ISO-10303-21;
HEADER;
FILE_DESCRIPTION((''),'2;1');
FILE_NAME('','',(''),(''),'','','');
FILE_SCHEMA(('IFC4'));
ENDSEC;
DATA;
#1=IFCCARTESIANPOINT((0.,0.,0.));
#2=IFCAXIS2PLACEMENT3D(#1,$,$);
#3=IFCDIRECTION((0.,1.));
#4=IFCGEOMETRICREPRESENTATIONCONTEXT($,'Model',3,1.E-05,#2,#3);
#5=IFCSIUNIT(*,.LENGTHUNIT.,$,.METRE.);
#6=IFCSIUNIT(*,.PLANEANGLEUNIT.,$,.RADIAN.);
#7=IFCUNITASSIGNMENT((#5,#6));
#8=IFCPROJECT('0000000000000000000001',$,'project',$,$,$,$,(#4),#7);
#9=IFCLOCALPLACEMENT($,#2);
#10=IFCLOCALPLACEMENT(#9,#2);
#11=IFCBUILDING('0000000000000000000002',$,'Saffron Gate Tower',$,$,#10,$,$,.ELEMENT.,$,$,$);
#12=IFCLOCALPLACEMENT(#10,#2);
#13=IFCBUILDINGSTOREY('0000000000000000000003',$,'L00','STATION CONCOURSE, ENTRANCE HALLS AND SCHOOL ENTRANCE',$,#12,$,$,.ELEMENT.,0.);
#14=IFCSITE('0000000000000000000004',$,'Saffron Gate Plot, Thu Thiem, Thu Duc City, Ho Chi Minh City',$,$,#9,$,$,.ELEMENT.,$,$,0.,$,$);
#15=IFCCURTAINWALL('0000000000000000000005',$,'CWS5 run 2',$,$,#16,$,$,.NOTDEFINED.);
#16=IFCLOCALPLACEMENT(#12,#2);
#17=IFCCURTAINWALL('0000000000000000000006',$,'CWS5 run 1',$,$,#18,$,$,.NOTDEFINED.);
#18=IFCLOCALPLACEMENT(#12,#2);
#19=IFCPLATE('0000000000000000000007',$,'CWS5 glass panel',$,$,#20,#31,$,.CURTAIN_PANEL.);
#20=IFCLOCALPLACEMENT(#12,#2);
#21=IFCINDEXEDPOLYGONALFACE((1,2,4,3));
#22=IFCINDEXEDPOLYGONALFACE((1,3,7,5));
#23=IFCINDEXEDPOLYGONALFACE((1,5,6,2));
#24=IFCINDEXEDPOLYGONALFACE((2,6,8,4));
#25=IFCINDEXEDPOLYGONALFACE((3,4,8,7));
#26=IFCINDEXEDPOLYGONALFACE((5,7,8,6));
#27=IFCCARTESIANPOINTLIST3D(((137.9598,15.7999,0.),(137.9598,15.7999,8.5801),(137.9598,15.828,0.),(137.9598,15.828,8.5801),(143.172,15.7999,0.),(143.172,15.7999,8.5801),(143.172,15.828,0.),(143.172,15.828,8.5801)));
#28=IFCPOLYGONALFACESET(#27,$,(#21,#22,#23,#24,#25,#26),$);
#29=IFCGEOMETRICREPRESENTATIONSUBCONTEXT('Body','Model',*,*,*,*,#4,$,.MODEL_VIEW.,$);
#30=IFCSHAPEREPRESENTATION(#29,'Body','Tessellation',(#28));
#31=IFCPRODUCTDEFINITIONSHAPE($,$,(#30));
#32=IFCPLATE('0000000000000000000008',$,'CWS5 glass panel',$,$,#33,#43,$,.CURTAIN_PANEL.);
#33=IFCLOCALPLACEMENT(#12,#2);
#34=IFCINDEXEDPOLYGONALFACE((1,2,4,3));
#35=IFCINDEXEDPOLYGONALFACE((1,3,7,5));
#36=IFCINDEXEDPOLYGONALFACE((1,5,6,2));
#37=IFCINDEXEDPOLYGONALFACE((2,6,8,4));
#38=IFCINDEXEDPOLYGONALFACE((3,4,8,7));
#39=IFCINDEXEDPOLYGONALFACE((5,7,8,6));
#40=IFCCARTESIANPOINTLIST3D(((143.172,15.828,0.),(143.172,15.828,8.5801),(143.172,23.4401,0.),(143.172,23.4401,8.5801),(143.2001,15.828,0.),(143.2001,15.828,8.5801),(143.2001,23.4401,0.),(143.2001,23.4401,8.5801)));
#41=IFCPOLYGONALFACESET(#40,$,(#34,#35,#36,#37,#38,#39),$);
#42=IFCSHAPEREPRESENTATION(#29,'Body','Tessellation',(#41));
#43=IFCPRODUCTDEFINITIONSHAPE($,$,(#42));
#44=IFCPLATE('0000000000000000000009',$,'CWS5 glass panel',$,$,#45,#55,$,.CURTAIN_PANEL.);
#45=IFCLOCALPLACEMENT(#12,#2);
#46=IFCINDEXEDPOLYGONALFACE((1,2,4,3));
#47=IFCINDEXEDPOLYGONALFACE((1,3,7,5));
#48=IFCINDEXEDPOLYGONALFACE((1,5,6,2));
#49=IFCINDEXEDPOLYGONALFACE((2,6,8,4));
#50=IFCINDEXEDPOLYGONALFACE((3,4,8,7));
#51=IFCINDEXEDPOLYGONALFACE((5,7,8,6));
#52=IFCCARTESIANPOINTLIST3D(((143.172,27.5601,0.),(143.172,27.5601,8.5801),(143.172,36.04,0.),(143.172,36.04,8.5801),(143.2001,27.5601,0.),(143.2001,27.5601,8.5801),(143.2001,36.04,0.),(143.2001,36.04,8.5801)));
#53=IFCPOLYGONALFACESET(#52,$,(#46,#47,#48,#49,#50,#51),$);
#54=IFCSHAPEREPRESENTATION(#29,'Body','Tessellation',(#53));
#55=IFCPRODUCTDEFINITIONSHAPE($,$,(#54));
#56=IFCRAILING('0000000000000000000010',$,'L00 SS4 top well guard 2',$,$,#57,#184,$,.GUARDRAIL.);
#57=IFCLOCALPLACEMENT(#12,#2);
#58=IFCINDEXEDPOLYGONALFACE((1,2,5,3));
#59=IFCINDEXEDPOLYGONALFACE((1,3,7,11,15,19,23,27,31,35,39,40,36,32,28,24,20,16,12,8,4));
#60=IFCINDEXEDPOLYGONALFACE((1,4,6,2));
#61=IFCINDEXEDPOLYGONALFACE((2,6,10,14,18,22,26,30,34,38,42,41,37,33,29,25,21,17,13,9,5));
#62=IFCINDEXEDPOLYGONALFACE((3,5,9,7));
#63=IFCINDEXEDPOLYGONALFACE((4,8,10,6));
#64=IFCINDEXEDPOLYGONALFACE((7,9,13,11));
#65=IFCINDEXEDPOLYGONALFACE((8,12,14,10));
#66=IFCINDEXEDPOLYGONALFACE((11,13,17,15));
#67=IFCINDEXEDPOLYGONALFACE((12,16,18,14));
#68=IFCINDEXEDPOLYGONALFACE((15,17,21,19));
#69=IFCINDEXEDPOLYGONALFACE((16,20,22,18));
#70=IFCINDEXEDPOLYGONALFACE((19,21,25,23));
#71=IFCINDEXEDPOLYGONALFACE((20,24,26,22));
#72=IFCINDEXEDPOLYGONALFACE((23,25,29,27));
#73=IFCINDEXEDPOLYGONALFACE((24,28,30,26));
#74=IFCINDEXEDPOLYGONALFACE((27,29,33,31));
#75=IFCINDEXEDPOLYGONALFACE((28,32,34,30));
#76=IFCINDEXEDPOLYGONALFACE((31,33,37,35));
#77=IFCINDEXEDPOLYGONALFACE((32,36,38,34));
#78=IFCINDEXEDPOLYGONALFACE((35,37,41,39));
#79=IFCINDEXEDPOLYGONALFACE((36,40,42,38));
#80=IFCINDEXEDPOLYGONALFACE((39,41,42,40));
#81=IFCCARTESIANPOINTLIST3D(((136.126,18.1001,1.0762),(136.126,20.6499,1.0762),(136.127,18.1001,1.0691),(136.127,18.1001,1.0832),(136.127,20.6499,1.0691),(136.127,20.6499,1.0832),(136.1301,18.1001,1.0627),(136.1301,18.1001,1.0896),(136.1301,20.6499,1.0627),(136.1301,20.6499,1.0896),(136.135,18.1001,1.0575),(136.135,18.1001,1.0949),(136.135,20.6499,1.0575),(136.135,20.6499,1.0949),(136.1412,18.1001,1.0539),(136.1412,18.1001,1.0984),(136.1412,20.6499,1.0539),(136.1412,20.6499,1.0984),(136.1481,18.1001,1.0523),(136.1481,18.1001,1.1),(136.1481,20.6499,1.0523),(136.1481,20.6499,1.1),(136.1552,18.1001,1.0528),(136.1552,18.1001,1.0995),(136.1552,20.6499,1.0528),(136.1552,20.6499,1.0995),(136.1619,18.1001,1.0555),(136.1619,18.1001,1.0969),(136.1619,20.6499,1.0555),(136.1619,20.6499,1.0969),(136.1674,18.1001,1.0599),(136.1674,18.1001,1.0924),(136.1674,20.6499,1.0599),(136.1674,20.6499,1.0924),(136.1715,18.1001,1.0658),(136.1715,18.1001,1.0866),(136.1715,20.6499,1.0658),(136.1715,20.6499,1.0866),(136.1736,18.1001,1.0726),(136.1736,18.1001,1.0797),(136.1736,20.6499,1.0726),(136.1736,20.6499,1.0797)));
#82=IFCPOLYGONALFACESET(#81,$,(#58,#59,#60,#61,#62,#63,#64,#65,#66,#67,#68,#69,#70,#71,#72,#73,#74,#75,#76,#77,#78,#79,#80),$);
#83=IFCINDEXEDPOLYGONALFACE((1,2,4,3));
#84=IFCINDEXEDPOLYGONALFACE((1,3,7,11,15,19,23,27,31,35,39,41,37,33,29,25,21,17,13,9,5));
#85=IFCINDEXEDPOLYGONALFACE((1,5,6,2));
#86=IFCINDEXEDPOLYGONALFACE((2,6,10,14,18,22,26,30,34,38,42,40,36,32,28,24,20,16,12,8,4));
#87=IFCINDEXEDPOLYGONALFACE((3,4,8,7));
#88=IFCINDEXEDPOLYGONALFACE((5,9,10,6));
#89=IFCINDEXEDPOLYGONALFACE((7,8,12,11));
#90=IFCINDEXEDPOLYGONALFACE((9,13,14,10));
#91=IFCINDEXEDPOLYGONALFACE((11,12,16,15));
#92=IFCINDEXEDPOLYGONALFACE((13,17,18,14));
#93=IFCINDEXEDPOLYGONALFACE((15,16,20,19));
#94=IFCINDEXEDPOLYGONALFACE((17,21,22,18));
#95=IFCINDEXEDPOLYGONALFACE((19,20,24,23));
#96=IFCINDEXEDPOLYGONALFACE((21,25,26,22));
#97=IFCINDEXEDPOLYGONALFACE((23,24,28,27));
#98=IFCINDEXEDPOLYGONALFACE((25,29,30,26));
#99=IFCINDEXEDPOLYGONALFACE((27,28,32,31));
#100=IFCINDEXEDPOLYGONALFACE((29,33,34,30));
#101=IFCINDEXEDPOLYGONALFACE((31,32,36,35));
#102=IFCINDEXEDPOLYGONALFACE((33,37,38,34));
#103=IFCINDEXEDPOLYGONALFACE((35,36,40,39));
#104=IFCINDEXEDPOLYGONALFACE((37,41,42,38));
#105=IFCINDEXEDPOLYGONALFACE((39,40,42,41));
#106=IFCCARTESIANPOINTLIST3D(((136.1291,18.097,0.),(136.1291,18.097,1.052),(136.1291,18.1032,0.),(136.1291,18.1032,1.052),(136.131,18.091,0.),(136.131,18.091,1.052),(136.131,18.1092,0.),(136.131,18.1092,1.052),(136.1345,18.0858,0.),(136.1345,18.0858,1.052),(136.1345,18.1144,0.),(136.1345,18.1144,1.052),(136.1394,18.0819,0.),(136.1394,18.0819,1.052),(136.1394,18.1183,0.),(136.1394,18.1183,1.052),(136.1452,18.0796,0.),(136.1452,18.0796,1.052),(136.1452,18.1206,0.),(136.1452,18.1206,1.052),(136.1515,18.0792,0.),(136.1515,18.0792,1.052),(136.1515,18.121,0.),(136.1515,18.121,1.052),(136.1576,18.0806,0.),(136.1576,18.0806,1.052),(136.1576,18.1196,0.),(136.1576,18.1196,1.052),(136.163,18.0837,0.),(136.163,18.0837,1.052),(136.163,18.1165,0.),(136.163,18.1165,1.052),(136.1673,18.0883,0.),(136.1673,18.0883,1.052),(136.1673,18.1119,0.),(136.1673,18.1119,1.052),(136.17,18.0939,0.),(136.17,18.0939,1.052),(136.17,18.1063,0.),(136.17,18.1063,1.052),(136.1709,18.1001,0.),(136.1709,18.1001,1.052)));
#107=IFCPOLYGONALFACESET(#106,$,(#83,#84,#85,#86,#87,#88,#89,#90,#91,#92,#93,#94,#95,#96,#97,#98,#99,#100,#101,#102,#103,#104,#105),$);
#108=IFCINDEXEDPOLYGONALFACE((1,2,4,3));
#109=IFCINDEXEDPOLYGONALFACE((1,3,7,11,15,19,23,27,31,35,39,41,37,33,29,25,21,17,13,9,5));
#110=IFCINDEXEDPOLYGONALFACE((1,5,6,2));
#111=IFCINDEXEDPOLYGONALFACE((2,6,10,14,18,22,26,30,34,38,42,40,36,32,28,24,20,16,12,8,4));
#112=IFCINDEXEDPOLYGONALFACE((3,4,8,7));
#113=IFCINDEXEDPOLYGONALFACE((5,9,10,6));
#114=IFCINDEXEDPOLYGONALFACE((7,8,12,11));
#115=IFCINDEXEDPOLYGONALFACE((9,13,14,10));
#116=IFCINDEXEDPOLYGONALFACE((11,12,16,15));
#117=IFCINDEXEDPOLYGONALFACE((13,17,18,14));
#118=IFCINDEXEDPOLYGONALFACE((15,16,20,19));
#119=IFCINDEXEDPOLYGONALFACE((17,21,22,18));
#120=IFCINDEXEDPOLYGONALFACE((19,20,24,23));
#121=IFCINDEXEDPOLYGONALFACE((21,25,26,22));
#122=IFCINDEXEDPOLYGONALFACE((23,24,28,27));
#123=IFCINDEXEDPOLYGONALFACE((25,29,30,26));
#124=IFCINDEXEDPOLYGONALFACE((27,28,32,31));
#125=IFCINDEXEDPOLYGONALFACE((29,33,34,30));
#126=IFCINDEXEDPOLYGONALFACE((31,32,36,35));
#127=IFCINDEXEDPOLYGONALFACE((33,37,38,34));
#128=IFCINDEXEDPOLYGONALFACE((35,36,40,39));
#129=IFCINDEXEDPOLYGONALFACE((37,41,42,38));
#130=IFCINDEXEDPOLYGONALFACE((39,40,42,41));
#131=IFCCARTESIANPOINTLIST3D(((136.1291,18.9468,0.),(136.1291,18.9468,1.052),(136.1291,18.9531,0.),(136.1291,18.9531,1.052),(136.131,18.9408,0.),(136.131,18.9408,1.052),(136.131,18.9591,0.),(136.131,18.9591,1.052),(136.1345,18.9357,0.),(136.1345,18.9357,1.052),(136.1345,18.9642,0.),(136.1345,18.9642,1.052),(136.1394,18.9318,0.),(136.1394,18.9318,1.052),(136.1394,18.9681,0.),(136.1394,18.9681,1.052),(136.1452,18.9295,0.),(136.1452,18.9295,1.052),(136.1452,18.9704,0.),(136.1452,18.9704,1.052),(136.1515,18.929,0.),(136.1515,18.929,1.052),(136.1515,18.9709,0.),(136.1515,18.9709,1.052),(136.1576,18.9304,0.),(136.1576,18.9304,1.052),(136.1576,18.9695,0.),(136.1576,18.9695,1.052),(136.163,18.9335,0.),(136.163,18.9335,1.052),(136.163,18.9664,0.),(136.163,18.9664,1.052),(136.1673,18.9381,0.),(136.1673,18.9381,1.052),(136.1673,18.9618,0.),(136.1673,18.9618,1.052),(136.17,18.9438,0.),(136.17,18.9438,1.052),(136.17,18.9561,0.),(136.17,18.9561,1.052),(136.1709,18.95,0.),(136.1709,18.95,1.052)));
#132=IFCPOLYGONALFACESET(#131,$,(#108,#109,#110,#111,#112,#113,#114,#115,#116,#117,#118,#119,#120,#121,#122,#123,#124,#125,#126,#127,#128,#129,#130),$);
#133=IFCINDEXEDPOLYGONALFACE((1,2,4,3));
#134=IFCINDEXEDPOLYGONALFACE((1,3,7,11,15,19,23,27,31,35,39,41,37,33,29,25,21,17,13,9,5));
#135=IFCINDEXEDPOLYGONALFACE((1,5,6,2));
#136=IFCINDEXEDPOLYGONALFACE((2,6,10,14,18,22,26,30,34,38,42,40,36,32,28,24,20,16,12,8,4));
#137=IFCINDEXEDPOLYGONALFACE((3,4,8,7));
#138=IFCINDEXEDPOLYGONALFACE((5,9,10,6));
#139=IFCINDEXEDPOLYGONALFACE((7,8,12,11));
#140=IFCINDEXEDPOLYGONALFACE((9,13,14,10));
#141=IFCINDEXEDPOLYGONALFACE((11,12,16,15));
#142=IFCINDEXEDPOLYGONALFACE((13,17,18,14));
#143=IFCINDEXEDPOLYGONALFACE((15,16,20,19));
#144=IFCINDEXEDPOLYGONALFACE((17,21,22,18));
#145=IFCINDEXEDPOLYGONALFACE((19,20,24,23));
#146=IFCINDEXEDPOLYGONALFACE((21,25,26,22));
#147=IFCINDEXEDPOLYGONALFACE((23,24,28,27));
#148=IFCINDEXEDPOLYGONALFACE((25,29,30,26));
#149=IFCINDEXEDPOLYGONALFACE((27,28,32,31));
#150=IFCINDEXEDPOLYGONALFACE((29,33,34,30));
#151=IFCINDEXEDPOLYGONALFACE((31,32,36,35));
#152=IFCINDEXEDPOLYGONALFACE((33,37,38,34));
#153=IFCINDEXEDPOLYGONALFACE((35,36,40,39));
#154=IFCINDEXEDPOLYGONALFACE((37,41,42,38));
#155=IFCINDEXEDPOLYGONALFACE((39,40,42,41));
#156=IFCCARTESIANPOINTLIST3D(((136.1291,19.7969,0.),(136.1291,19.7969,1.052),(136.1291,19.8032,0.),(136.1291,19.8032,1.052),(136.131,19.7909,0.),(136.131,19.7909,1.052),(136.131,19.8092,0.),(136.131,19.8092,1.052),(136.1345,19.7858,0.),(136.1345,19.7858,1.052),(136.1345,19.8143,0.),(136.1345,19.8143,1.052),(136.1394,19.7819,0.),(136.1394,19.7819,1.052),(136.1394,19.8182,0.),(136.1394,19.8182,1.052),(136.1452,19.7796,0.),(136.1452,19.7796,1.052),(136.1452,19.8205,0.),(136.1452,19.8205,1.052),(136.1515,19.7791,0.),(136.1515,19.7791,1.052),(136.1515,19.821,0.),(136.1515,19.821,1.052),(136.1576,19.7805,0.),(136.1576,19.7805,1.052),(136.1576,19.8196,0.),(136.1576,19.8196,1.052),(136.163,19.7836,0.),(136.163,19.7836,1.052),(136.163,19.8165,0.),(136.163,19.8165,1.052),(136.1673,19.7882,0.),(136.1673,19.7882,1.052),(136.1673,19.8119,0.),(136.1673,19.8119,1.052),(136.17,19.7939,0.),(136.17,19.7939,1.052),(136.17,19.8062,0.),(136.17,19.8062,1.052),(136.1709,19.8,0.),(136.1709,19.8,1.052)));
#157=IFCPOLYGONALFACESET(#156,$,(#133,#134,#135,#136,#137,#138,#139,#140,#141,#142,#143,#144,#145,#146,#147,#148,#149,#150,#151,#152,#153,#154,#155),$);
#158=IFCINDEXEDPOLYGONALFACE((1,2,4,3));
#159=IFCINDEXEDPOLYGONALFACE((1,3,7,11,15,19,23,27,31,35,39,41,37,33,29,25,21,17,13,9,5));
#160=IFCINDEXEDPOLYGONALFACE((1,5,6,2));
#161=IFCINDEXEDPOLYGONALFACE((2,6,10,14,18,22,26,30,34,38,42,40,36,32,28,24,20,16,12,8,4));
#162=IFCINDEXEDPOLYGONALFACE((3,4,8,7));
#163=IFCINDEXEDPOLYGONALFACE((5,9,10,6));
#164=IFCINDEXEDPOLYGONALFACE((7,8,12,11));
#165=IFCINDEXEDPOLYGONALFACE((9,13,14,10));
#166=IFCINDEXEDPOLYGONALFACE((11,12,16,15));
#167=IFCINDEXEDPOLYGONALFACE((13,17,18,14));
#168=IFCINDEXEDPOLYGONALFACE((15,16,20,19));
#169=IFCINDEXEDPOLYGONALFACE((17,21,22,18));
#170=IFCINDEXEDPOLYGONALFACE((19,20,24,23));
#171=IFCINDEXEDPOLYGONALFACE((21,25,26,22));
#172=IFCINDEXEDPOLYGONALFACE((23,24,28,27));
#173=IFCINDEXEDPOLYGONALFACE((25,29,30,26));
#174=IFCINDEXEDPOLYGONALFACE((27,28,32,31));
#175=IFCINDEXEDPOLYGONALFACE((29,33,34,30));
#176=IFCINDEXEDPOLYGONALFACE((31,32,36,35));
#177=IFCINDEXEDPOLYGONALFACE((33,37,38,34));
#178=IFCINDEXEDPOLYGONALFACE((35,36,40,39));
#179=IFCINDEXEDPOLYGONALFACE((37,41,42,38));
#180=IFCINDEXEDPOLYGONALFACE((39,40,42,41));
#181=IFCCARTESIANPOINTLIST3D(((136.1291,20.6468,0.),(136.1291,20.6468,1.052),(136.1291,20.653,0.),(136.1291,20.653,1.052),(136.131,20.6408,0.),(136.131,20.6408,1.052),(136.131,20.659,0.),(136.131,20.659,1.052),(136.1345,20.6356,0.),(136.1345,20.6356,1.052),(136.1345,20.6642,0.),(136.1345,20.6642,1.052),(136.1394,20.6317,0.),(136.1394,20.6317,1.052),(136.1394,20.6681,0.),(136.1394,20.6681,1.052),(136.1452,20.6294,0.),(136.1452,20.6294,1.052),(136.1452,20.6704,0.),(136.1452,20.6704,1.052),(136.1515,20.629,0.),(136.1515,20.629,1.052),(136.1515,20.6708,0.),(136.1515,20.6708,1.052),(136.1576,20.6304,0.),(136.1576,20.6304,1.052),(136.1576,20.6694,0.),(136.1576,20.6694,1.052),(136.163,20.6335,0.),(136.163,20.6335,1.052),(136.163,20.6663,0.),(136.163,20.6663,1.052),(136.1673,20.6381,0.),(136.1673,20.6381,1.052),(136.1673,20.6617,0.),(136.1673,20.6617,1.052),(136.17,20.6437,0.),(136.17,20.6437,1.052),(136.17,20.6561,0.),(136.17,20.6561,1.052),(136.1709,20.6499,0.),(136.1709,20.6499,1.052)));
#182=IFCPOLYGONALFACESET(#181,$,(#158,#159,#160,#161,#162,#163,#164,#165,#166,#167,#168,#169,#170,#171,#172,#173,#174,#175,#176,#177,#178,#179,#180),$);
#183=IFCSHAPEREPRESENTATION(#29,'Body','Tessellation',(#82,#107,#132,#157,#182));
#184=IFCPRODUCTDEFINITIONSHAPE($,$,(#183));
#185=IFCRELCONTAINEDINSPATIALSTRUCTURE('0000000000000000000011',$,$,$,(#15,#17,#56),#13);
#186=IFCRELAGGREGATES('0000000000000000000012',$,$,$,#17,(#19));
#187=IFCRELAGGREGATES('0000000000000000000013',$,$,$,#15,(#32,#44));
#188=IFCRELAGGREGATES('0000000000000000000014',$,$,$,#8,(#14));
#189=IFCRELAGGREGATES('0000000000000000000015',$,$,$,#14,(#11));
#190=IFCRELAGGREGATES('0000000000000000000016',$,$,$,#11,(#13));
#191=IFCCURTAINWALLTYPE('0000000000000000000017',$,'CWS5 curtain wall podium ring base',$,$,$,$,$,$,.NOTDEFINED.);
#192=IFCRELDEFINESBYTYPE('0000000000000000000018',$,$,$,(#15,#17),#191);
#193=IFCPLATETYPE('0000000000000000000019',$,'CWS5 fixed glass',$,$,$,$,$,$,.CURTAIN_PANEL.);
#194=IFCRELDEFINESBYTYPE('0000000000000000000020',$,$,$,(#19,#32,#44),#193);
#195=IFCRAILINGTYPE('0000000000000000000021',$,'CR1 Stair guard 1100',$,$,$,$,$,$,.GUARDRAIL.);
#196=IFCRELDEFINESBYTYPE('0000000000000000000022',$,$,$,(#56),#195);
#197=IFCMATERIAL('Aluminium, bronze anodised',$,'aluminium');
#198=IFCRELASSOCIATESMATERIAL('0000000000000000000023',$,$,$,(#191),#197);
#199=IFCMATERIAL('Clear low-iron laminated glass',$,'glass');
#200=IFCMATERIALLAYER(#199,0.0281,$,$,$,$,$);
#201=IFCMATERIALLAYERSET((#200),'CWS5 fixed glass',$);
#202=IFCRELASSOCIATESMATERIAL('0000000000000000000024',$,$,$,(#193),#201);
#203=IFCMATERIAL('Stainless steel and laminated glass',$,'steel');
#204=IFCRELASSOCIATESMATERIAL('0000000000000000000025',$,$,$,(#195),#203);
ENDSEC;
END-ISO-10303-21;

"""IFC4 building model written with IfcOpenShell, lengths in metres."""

from ifc_helpers import new_model, si_unit, direction, frame, frame_2d, origin, origin_2d, place, context, subcontext, project, spatial, rectangle, circle, extrude, material, layer, layer_set, type_object, element, aggregate, save


model = new_model("IFC4")

# Units and contexts
model_context = context("Model", 3, precision=1e-05, world=origin(), true_north=direction((0.0, 1.0)))
body_context = subcontext(model_context, "Body", "Model", "MODEL_VIEW")
ifc_project = project(units=[si_unit("LENGTHUNIT", "METRE"), si_unit("PLANEANGLEUNIT", "RADIAN")], contexts=[model_context])

# Site, building, storey
site_placement = place(None, origin())
site = spatial("IfcSite", under=ifc_project, at=site_placement, Name="Saffron Gate Plot, Thu Thiem, Thu Duc City, Ho Chi Minh City", CompositionType="ELEMENT", RefElevation=0.0)
building_placement = place(site_placement, origin())
building = spatial("IfcBuilding", under=site, at=building_placement, Name="Saffron Gate Tower", CompositionType="ELEMENT")
storey_placement = place(building_placement, origin())
storey = spatial("IfcBuildingStorey", under=building, at=storey_placement, Name="L00", Description="STATION CONCOURSE, ENTRANCE HALLS AND SCHOOL ENTRANCE", CompositionType="ELEMENT", Elevation=0.0)

# Curtain wall
ifc_material_1 = material(Name="Aluminium, bronze anodised", Category="aluminium")
curtain_wall_type = type_object("IfcCurtainWallType", Name="CWS5 curtain wall podium ring base", PredefinedType="NOTDEFINED", material=ifc_material_1)
curtain_wall_1_placement = place(storey_placement, origin())
curtain_wall_1 = element("IfcCurtainWall", 1, at=curtain_wall_1_placement, inside=storey, type_object=curtain_wall_type, Name="CWS5 run 2", PredefinedType="NOTDEFINED")

# Curtain wall
curtain_wall_2_placement = place(storey_placement, origin())
curtain_wall_2 = element("IfcCurtainWall", 2, at=curtain_wall_2_placement, inside=storey, type_object=curtain_wall_type, Name="CWS5 run 1", PredefinedType="NOTDEFINED")

# Plates
ifc_material_2 = material(Name="Clear low-iron laminated glass", Category="glass")
ifc_layer_1 = layer(ifc_material_2, 0.0281)
ifc_layer_set_1 = layer_set([ifc_layer_1], Name="CWS5 fixed glass")
plate_type = type_object("IfcPlateType", Name="CWS5 fixed glass", PredefinedType="CURTAIN_PANEL", material=ifc_layer_set_1)
plate_1_placement = place(storey_placement, frame((137.96, 15.814, 0.0), z_axis=(0.0, 0.0, 1.0), x_axis=(1.0, 0.0, 0.0)))
plate_1 = element("IfcPlate", 3, at=plate_1_placement, type_object=plate_type, Name="CWS5 glass panel", PredefinedType="CURTAIN_PANEL", context=body_context, shape_type="SweptSolid", body=[
    extrude(rectangle(XDim=5.2122, YDim=0.0281, at=frame_2d((2.606, 0.0))), origin(), (0.0, 0.0, 1.0), 8.5801),
])
aggregate(curtain_wall_2, [plate_1])
plate_2_placement = place(storey_placement, frame((143.186, 15.8279, 0.0), z_axis=(0.0, 0.0, 1.0), x_axis=(0.0, 1.0, 0.0)))
plate_2 = element("IfcPlate", 4, at=plate_2_placement, type_object=plate_type, Name="CWS5 glass panel", PredefinedType="CURTAIN_PANEL", context=body_context, shape_type="SweptSolid", body=[
    extrude(rectangle(XDim=7.6121, YDim=0.0281, at=frame_2d((3.8062, 0.0))), origin(), (0.0, 0.0, 1.0), 8.5801),
])
plate_3_placement = place(storey_placement, frame((143.186, 27.5601, 0.0), z_axis=(0.0, 0.0, 1.0), x_axis=(0.0, 1.0, 0.0)))
plate_3 = element("IfcPlate", 5, at=plate_3_placement, type_object=plate_type, Name="CWS5 glass panel", PredefinedType="CURTAIN_PANEL", context=body_context, shape_type="SweptSolid", body=[
    extrude(rectangle(XDim=8.48, YDim=0.0281, at=frame_2d((4.24, 0.0))), origin(), (0.0, 0.0, 1.0), 8.5801),
])
aggregate(curtain_wall_1, [plate_2, plate_3])

# Railing
ifc_material_3 = material(Name="Stainless steel and laminated glass", Category="steel")
railing_type = type_object("IfcRailingType", Name="CR1 Stair guard 1100", PredefinedType="GUARDRAIL", material=ifc_material_3)
railing_1_placement = place(storey_placement, frame((136.1499, 18.1001, 0.0)))
element("IfcRailing", 6, at=railing_1_placement, inside=storey, type_object=railing_type, Name="L00 SS4 top well guard 2", PredefinedType="GUARDRAIL", context=body_context, shape_type="SweptSolid", body=[
    extrude(circle(Radius=0.0239, at=origin_2d()), frame((0.0, 0.0, 1.0762), z_axis=(0.0, 1.0, 0.0), x_axis=(-1.0, 0.0, 0.0)), (0.0, 0.0, 1.0), 2.5498),
    extrude(circle(Radius=0.021, at=origin_2d()), origin(), (0.0, 0.0, 1.0), 1.052),
    extrude(circle(Radius=0.021, at=origin_2d()), frame((0.0, 0.8499, 0.0)), (0.0, 0.0, 1.0), 1.052),
    extrude(circle(Radius=0.021, at=origin_2d()), frame((0.0, 1.7, 0.0)), (0.0, 0.0, 1.0), 1.052),
    extrude(circle(Radius=0.021, at=origin_2d()), frame((0.0, 2.5498, 0.0)), (0.0, 0.0, 1.0), 1.052),
])

save(model, "model.ifc")
